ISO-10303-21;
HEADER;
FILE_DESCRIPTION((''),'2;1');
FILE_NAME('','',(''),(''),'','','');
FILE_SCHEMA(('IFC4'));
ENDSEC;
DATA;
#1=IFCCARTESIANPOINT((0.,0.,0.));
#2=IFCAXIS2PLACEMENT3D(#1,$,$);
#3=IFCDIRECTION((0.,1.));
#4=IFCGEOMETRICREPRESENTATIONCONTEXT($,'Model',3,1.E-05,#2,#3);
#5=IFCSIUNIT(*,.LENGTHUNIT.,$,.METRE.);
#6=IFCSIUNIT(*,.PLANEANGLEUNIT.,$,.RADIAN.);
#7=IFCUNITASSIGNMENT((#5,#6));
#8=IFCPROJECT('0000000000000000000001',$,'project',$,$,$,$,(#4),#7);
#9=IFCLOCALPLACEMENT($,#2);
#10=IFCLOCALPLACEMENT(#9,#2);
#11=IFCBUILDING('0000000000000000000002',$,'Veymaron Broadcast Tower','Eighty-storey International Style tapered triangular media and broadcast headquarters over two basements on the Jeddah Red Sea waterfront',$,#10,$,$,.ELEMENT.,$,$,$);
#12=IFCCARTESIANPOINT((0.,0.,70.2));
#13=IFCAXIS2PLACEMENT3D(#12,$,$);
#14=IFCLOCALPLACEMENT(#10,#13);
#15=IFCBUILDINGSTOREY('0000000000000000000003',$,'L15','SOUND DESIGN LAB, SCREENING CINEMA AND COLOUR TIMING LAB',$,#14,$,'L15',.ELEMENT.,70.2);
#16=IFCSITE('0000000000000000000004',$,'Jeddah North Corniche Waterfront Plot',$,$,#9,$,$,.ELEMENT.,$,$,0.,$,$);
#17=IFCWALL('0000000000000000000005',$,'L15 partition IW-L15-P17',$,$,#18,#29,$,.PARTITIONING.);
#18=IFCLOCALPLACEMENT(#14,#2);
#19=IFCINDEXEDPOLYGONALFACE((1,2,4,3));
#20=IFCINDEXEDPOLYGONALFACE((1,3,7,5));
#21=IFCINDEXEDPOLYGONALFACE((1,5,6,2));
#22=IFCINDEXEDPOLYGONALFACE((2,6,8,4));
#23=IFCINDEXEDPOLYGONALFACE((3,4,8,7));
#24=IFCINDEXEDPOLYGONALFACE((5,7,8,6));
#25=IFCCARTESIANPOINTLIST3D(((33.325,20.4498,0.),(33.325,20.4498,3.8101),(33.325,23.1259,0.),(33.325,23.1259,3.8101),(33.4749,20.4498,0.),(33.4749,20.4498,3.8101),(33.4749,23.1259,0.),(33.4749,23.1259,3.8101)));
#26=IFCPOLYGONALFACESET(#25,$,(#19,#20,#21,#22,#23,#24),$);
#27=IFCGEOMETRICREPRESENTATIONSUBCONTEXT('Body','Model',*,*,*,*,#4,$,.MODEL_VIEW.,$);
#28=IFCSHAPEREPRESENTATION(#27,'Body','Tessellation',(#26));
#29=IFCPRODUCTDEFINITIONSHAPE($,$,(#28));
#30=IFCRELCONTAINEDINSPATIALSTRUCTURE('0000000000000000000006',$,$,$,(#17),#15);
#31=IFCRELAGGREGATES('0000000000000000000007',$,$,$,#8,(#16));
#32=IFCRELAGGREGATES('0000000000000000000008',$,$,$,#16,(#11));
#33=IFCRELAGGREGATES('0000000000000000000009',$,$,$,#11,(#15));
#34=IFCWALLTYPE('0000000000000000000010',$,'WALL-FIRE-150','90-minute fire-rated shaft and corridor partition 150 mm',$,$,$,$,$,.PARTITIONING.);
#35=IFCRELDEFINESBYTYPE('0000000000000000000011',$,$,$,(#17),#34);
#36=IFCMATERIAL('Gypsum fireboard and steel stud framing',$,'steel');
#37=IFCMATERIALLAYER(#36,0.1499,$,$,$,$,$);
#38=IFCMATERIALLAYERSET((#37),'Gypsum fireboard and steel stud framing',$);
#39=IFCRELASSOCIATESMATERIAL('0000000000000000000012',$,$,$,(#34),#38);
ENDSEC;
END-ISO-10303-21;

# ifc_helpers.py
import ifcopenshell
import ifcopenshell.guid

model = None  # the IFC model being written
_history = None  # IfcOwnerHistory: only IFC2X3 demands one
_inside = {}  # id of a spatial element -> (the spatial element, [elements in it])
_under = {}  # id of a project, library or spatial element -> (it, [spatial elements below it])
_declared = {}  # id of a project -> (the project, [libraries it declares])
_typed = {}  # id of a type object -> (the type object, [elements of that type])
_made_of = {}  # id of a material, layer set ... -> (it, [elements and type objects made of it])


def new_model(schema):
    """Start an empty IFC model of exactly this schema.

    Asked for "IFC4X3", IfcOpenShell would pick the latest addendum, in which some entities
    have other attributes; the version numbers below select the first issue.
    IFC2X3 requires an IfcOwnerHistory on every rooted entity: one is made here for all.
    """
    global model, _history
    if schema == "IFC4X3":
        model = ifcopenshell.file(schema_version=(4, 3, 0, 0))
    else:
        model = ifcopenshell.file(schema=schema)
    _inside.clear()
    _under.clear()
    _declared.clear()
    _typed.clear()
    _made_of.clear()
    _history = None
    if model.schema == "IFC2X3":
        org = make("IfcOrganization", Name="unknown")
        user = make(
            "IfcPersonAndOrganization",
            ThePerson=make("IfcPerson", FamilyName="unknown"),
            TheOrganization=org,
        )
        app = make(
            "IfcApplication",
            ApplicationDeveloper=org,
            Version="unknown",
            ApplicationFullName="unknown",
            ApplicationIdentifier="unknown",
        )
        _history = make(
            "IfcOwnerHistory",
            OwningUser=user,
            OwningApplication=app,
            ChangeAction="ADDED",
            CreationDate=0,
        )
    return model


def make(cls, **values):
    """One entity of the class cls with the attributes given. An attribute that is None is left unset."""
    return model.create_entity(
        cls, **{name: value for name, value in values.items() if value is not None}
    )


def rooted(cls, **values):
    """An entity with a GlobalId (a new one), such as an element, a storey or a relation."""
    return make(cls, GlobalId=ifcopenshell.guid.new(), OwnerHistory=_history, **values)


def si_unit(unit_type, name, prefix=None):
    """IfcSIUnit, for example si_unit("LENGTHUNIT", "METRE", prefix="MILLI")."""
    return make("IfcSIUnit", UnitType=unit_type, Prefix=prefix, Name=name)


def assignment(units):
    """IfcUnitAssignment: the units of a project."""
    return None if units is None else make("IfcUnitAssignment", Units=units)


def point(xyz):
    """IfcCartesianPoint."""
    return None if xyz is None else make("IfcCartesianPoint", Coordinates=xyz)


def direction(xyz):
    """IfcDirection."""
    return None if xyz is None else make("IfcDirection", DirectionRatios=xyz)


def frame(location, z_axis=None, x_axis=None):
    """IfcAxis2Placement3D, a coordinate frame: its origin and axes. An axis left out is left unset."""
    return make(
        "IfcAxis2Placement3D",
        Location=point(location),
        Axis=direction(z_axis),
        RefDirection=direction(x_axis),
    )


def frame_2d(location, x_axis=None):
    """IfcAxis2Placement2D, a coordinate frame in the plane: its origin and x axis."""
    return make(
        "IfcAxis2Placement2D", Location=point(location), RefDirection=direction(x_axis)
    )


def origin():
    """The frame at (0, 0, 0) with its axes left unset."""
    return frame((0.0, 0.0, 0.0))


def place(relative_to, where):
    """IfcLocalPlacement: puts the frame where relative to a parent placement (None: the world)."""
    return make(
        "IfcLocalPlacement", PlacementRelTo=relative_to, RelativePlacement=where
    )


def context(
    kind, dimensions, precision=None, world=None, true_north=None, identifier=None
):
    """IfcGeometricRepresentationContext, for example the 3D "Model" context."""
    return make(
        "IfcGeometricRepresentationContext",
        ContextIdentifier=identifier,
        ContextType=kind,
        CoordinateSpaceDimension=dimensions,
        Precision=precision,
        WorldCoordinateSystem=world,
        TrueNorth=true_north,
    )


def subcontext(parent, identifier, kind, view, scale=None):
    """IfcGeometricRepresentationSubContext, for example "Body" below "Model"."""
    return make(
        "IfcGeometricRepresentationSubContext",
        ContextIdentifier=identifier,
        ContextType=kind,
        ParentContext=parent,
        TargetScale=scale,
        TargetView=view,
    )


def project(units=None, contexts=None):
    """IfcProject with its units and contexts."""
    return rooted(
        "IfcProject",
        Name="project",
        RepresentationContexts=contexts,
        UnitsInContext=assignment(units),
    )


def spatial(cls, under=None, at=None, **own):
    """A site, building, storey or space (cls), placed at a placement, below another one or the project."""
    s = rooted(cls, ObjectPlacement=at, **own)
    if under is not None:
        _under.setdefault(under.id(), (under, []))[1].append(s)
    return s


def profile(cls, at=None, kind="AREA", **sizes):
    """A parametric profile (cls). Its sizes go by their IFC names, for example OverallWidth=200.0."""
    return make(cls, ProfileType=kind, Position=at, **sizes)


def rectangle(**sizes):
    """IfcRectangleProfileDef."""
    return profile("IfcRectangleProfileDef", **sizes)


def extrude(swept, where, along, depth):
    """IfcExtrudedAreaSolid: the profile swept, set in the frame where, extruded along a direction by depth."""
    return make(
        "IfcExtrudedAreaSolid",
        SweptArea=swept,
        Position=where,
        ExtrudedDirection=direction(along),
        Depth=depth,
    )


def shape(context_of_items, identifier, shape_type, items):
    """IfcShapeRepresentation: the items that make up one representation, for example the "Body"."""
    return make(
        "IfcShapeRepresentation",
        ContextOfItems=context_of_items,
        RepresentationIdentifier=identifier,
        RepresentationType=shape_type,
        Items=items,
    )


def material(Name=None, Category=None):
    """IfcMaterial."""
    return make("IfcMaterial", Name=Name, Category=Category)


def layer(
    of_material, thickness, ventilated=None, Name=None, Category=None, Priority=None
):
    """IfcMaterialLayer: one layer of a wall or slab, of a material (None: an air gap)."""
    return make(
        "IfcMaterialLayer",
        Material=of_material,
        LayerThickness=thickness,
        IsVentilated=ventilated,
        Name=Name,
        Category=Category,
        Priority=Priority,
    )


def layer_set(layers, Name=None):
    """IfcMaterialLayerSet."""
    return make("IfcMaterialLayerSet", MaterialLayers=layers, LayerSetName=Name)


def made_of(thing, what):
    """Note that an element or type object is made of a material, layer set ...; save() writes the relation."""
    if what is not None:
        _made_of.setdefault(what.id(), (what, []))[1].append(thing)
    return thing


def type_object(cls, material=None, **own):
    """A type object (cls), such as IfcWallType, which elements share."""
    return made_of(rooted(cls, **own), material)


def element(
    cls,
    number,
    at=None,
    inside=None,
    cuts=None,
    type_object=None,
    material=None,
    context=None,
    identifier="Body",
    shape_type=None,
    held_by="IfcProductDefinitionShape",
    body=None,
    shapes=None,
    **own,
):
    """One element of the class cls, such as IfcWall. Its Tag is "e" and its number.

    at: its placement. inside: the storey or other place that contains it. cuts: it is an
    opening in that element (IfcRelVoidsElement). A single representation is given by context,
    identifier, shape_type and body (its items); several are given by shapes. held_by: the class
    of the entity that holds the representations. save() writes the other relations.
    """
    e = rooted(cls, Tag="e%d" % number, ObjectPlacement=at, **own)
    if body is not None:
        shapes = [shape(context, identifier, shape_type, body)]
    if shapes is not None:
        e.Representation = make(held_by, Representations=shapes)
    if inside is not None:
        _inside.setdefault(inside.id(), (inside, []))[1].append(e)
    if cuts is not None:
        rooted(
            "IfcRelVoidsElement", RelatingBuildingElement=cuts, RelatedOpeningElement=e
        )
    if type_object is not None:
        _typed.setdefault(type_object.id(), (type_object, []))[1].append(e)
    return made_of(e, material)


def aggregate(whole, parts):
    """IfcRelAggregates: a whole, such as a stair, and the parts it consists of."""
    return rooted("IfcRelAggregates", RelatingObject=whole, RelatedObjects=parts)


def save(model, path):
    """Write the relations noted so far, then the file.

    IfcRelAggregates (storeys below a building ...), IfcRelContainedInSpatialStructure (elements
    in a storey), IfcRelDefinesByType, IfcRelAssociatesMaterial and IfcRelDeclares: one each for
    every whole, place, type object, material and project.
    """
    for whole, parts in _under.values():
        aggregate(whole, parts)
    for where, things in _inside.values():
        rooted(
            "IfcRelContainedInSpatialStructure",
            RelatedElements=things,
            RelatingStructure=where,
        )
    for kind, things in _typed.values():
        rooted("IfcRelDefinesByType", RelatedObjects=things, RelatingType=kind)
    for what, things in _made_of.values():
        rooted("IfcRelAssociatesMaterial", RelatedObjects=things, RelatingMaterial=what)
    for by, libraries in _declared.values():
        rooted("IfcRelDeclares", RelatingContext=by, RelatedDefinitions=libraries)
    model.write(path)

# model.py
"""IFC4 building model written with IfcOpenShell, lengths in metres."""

from ifc_helpers import new_model, si_unit, direction, frame, frame_2d, origin, place, context, subcontext, project, spatial, rectangle, extrude, material, layer, layer_set, type_object, element, save


model = new_model("IFC4")

# Units and contexts
model_context = context("Model", 3, precision=1e-05, world=origin(), true_north=direction((0.0, 1.0)))
body_context = subcontext(model_context, "Body", "Model", "MODEL_VIEW")
ifc_project = project(units=[si_unit("LENGTHUNIT", "METRE"), si_unit("PLANEANGLEUNIT", "RADIAN")], contexts=[model_context])

# Site, building, storey
site_placement = place(None, origin())
site = spatial("IfcSite", under=ifc_project, at=site_placement, Name="Jeddah North Corniche Waterfront Plot", CompositionType="ELEMENT", RefElevation=0.0)
building_placement = place(site_placement, origin())
building = spatial("IfcBuilding", under=site, at=building_placement, Name="Veymaron Broadcast Tower", Description="Eighty-storey International Style tapered triangular media and broadcast headquarters over two basements on the Jeddah Red Sea waterfront", CompositionType="ELEMENT")
storey_placement = place(building_placement, frame((0.0, 0.0, 70.2)))
storey = spatial("IfcBuildingStorey", under=building, at=storey_placement, Name="L15", Description="SOUND DESIGN LAB, SCREENING CINEMA AND COLOUR TIMING LAB", LongName="L15", CompositionType="ELEMENT", Elevation=70.2)

# Shared definitions
ifc_material_1 = material(Name="Gypsum fireboard and steel stud framing", Category="steel")
ifc_layer_1 = layer(ifc_material_1, 0.1499)
ifc_layer_set_1 = layer_set([ifc_layer_1], Name="Gypsum fireboard and steel stud framing")
wall_type_1 = type_object("IfcWallType", Name="WALL-FIRE-150", Description="90-minute fire-rated shaft and corridor partition 150 mm", PredefinedType="PARTITIONING", material=ifc_layer_set_1)

# Wall
wall_1_placement = place(storey_placement, frame((33.3999, 20.45, 0.0), z_axis=(0.0, 0.0, 1.0), x_axis=(0.0, 1.0, 0.0)))
element("IfcWall", 1, at=wall_1_placement, inside=storey, type_object=wall_type_1, Name="L15 partition IW-L15-P17", PredefinedType="PARTITIONING", context=body_context, shape_type="SweptSolid", body=[
    extrude(rectangle(XDim=2.676, YDim=0.1499, at=frame_2d((1.3379, 0.0))), origin(), (0.0, 0.0, 1.0), 3.8101),
])

save(model, "model.ifc")
